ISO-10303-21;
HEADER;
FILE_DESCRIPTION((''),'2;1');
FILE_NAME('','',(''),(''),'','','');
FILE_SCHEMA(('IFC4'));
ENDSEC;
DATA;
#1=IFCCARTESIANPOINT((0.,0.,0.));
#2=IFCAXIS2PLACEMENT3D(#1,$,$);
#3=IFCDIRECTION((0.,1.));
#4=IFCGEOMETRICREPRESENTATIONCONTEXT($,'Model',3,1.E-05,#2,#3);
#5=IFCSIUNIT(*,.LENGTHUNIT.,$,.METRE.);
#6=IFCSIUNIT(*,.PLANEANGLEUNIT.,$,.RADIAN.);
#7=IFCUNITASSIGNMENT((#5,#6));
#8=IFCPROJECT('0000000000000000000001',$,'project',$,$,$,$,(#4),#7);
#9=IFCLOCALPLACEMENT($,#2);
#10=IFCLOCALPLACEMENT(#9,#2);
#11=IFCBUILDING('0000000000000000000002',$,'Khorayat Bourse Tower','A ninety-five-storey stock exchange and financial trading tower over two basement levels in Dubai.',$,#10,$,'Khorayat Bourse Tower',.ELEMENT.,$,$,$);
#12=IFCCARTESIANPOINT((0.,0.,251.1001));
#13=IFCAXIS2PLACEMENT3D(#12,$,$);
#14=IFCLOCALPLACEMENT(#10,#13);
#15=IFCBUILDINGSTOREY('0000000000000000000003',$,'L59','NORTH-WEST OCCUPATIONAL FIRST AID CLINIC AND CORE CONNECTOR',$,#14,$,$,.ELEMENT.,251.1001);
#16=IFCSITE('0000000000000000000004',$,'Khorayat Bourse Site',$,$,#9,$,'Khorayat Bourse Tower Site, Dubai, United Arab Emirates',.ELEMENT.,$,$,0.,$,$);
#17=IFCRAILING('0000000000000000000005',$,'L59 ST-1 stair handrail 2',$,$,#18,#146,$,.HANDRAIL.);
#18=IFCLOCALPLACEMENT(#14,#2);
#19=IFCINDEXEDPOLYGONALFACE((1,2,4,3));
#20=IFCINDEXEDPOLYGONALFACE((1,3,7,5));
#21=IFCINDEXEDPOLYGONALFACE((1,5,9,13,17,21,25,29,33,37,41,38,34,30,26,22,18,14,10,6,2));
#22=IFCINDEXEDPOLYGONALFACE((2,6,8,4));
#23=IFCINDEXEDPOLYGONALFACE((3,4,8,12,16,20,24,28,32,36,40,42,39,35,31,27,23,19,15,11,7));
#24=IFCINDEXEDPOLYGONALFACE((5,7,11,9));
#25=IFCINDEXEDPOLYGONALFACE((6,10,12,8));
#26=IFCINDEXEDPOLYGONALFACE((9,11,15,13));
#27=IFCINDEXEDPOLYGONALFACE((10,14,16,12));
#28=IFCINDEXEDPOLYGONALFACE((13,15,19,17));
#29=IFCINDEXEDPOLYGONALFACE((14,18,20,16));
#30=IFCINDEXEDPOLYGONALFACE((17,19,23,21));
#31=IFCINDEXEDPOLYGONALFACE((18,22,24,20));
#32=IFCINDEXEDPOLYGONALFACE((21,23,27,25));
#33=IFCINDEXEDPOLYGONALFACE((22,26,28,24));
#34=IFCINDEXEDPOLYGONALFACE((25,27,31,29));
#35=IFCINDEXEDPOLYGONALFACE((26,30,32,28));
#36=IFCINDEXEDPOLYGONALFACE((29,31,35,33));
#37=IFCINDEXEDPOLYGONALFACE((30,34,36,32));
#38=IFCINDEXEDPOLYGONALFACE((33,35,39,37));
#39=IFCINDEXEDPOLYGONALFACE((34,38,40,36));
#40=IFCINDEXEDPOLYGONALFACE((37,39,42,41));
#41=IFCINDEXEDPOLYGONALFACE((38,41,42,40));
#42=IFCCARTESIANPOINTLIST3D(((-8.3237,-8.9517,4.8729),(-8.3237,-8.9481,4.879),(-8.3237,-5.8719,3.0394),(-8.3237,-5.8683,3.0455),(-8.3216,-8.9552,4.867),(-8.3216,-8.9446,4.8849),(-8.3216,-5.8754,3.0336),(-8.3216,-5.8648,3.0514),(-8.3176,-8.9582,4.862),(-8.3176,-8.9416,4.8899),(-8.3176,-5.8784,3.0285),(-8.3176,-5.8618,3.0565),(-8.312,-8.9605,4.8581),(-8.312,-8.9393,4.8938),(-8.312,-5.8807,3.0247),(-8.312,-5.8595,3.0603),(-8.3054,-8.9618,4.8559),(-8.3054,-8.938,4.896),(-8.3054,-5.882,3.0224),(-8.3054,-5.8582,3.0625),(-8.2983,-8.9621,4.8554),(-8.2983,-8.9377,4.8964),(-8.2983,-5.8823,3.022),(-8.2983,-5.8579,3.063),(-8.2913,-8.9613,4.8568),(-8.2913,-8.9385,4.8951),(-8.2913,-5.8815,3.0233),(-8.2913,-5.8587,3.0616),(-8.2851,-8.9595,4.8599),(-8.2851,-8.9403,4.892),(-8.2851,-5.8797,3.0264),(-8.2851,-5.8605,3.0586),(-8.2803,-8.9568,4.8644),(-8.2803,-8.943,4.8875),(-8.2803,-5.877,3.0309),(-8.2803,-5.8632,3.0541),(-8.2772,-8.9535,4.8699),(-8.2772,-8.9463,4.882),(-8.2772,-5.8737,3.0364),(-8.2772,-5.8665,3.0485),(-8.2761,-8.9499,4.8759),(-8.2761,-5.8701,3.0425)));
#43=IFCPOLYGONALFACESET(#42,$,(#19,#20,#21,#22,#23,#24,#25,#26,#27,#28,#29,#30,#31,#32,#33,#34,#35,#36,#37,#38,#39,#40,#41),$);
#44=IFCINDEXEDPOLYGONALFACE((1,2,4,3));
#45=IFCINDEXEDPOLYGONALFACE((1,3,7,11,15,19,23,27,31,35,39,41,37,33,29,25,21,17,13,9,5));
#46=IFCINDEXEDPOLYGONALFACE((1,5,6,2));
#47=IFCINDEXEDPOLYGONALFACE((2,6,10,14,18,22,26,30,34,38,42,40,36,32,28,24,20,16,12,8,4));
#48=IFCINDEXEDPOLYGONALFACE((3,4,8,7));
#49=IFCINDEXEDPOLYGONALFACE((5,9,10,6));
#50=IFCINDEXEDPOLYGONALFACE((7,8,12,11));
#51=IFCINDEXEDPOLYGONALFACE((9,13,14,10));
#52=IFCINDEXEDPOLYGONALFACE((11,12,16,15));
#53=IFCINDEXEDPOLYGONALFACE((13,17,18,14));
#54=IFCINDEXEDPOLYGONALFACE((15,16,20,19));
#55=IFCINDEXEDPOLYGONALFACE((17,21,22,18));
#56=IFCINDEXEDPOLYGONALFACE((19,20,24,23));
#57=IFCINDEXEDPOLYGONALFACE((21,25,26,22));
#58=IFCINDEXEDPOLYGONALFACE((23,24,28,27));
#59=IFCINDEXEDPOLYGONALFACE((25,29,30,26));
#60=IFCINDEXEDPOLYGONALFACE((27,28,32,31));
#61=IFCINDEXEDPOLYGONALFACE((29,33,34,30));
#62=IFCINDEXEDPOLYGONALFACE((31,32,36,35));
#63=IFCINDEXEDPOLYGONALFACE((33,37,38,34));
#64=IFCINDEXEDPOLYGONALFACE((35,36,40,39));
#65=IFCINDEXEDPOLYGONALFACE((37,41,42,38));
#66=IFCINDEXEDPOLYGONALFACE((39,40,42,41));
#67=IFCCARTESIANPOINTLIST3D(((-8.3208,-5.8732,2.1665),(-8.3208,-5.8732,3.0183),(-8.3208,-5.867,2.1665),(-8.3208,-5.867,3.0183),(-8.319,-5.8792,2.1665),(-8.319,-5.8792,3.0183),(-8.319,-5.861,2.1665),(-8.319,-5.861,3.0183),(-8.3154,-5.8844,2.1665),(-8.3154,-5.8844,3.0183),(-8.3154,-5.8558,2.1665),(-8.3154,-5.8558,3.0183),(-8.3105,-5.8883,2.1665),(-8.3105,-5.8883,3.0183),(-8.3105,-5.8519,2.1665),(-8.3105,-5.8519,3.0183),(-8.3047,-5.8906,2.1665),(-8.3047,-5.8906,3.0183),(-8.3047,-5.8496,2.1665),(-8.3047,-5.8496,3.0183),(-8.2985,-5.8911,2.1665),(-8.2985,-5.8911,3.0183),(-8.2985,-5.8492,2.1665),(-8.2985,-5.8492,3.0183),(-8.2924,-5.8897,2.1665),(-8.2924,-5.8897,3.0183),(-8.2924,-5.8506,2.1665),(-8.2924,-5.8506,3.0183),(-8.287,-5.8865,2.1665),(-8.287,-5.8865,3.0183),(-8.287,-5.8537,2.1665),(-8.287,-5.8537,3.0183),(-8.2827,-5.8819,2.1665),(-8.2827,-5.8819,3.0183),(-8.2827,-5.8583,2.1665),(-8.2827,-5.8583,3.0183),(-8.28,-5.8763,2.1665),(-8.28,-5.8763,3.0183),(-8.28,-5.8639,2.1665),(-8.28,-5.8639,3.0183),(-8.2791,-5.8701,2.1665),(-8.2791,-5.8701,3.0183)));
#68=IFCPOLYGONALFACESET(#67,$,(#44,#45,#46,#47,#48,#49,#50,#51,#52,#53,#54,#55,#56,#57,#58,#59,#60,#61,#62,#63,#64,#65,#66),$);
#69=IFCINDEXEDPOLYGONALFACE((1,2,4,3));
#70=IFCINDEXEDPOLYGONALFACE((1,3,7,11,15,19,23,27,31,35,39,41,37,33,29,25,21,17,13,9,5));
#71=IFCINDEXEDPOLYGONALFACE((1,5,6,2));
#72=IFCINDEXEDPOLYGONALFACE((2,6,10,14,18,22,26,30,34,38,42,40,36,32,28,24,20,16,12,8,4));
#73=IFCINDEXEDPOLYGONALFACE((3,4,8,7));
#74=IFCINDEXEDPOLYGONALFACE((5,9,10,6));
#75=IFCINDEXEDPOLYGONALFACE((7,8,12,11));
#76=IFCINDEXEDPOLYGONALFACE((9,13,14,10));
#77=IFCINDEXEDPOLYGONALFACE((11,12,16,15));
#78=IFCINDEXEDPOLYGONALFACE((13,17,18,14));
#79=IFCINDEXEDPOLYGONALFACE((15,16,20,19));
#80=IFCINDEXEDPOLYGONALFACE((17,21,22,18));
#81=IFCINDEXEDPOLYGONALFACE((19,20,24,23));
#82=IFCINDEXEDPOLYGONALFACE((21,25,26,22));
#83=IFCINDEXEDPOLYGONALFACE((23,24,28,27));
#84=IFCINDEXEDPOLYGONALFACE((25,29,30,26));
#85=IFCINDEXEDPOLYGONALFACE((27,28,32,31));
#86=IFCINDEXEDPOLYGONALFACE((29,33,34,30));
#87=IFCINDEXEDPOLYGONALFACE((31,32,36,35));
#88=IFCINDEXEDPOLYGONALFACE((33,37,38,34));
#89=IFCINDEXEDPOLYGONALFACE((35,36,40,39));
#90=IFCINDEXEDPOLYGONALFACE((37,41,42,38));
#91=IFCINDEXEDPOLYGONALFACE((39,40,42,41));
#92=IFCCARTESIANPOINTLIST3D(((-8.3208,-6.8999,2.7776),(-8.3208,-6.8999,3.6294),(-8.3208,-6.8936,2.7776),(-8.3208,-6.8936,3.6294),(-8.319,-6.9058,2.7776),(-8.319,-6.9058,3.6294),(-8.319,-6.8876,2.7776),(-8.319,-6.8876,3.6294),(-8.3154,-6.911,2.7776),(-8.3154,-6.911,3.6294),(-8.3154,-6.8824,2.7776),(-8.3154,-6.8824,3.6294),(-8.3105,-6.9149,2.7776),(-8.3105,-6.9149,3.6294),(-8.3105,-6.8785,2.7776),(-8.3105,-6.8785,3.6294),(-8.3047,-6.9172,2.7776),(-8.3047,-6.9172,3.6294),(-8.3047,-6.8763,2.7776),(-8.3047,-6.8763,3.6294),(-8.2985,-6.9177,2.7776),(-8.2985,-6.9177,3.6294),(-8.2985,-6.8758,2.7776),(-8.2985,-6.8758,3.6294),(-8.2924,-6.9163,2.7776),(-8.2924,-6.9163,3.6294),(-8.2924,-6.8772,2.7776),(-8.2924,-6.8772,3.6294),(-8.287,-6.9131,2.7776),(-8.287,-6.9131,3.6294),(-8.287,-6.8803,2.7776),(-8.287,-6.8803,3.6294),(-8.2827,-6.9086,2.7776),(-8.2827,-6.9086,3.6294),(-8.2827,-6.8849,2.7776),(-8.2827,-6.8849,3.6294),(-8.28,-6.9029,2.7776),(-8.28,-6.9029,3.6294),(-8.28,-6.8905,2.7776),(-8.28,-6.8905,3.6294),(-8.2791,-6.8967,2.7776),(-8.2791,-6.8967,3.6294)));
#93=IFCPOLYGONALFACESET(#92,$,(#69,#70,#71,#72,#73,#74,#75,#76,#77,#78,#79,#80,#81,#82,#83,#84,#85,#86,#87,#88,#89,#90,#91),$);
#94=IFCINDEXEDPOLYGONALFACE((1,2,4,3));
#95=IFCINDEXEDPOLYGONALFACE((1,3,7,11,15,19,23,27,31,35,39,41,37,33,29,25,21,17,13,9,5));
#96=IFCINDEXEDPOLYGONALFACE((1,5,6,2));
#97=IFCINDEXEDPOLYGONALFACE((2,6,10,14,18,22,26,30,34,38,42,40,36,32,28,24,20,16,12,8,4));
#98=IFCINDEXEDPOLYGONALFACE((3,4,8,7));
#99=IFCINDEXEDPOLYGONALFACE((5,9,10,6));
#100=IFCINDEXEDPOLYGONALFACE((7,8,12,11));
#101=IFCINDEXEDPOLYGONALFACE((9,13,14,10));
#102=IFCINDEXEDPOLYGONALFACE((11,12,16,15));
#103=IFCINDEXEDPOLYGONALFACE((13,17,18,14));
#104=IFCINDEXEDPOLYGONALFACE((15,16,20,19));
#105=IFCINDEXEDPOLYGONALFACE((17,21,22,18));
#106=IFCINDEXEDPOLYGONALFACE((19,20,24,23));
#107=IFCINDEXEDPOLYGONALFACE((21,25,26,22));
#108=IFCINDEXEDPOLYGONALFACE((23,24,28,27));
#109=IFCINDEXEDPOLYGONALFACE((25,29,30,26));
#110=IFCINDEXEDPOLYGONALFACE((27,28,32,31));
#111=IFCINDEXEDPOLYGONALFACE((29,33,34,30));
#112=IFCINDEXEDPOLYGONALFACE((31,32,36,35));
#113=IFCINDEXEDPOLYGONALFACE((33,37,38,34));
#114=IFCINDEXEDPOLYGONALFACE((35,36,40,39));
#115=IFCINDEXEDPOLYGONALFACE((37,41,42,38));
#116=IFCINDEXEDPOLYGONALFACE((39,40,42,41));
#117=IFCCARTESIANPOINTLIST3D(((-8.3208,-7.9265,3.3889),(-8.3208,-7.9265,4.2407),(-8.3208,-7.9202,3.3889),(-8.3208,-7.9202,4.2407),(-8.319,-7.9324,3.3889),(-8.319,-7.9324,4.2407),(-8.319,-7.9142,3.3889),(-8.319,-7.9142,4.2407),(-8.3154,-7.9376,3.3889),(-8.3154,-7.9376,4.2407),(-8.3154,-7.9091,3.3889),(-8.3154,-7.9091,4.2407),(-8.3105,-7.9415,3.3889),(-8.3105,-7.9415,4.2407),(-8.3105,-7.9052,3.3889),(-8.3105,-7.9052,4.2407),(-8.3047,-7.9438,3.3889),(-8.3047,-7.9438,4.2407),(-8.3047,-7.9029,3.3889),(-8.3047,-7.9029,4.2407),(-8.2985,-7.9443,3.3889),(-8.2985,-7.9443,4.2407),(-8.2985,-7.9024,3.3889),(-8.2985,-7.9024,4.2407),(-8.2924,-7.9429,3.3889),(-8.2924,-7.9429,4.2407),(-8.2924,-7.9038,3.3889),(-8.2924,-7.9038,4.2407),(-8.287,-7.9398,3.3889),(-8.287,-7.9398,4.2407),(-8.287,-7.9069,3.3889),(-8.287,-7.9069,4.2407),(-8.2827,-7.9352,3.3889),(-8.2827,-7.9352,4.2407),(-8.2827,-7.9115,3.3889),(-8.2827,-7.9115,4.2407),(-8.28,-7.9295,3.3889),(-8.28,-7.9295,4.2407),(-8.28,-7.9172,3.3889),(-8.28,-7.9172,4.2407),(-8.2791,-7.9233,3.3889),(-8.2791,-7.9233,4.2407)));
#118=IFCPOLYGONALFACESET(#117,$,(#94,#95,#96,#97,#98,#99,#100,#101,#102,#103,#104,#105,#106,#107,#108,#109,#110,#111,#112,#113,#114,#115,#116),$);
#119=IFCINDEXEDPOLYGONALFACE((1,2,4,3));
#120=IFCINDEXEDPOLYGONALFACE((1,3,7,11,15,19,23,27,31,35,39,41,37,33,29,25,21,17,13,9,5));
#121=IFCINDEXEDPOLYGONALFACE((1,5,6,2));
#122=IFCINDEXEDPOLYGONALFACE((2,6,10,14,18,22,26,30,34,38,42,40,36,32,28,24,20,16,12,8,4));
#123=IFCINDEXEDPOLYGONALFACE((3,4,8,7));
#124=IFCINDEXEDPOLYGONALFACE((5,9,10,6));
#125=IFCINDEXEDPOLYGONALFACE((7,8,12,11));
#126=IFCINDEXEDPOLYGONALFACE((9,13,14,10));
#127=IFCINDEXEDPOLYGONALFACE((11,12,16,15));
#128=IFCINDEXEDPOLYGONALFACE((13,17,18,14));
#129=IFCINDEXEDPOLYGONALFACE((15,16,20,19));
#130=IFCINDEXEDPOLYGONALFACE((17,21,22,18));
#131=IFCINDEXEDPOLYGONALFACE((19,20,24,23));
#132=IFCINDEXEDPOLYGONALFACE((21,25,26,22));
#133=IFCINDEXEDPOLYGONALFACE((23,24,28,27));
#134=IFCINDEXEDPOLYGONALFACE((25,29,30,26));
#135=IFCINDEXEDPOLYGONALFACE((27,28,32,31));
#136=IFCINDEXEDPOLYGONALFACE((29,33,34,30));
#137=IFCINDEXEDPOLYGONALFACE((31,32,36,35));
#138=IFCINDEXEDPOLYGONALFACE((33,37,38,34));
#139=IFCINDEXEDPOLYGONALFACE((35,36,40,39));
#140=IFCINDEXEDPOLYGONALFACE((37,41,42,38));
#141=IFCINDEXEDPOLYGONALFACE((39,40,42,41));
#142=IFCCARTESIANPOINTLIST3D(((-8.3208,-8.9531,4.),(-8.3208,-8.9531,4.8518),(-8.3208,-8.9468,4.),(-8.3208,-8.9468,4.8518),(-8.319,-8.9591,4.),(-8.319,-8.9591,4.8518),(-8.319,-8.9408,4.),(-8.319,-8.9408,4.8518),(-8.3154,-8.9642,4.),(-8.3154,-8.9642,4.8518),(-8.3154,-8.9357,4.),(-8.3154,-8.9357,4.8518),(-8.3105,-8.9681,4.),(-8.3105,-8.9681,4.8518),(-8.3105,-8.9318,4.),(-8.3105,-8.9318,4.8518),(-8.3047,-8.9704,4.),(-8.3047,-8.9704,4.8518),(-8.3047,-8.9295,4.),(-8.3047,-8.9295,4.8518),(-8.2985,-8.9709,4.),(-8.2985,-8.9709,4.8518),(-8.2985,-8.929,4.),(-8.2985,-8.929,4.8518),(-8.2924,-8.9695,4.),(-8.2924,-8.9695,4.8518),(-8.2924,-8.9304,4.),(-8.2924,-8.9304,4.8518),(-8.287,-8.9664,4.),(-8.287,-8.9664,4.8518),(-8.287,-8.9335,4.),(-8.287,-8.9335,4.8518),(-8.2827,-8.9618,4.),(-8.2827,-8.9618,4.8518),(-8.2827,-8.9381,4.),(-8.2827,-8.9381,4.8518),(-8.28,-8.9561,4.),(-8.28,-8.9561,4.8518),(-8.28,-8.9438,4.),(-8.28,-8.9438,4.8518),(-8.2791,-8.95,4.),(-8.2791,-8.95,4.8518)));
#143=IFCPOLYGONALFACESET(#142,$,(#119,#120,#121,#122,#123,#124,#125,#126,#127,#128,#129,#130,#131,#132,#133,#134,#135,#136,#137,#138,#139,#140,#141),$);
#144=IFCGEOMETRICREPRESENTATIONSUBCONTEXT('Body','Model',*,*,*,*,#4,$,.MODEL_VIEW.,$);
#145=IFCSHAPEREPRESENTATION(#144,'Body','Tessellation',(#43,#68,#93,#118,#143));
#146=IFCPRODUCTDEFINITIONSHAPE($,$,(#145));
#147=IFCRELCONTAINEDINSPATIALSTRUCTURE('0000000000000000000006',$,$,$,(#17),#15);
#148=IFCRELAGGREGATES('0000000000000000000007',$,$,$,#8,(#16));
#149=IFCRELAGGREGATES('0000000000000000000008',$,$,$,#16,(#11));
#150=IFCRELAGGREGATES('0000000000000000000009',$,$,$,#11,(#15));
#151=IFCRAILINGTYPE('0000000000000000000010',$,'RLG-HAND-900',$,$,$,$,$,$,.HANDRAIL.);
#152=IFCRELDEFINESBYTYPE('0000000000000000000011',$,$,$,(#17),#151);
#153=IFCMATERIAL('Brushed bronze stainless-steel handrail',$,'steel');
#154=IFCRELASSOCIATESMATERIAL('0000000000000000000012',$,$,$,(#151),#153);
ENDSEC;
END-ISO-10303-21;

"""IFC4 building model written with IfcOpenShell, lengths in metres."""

from ifc_helpers import new_model, si_unit, direction, frame, origin, origin_2d, place, context, subcontext, project, spatial, circle, extrude, source, transform, mapped, material, type_object, element, save


model = new_model("IFC4")

# Units and contexts
model_context = context("Model", 3, precision=1e-05, world=origin(), true_north=direction((0.0, 1.0)))
body_context = subcontext(model_context, "Body", "Model", "MODEL_VIEW")
ifc_project = project(units=[si_unit("LENGTHUNIT", "METRE"), si_unit("PLANEANGLEUNIT", "RADIAN")], contexts=[model_context])

# Site, building, storey
site_placement = place(None, origin())
site = spatial("IfcSite", under=ifc_project, at=site_placement, Name="Khorayat Bourse Site", LongName="Khorayat Bourse Tower Site, Dubai, United Arab Emirates", CompositionType="ELEMENT", RefElevation=0.0)
building_placement = place(site_placement, origin())
building = spatial("IfcBuilding", under=site, at=building_placement, Name="Khorayat Bourse Tower", Description="A ninety-five-storey stock exchange and financial trading tower over two basement levels in Dubai.", LongName="Khorayat Bourse Tower", CompositionType="ELEMENT")
storey_placement = place(building_placement, frame((0.0, 0.0, 251.1001)))
storey = spatial("IfcBuildingStorey", under=building, at=storey_placement, Name="L59", Description="NORTH-WEST OCCUPATIONAL FIRST AID CLINIC AND CORE CONNECTOR", CompositionType="ELEMENT", Elevation=251.1001)

# Railing
ifc_material_1 = material(Name="Brushed bronze stainless-steel handrail", Category="steel")
railing_type_1 = type_object("IfcRailingType", Name="RLG-HAND-900", PredefinedType="HANDRAIL", material=ifc_material_1)
shared_shape_1 = source(origin(), body_context, "Body", "SweptSolid", [
    extrude(circle(Radius=0.0239, at=origin_2d()), frame((0.0, 0.0, 0.876), z_axis=(0.0, -0.859261, 0.511538), x_axis=(1.0, 0.0, 0.0)), (0.0, 0.0, 1.0), 3.5842),
    extrude(circle(Radius=0.021, at=origin_2d()), origin(), (0.0, 0.0, 1.0), 0.8518),
    extrude(circle(Radius=0.021, at=origin_2d()), frame((0.0, -1.0266, 0.6111)), (0.0, 0.0, 1.0), 0.8518),
    extrude(circle(Radius=0.021, at=origin_2d()), frame((0.0, -2.0532, 1.2224)), (0.0, 0.0, 1.0), 0.8518),
    extrude(circle(Radius=0.021, at=origin_2d()), frame((0.0, -3.0798, 1.8335)), (0.0, 0.0, 1.0), 0.8518),
])
railing_1_placement = place(storey_placement, frame((-8.3, -5.8701, 2.1665)))
element("IfcRailing", 1, at=railing_1_placement, inside=storey, type_object=railing_type_1, Name="L59 ST-1 stair handrail 2", PredefinedType="HANDRAIL", context=body_context, shape_type="MappedRepresentation", body=[
    mapped(shared_shape_1, transform((0.0, 0.0, 0.0), scale=1.0)),
])

save(model, "model.ifc")
